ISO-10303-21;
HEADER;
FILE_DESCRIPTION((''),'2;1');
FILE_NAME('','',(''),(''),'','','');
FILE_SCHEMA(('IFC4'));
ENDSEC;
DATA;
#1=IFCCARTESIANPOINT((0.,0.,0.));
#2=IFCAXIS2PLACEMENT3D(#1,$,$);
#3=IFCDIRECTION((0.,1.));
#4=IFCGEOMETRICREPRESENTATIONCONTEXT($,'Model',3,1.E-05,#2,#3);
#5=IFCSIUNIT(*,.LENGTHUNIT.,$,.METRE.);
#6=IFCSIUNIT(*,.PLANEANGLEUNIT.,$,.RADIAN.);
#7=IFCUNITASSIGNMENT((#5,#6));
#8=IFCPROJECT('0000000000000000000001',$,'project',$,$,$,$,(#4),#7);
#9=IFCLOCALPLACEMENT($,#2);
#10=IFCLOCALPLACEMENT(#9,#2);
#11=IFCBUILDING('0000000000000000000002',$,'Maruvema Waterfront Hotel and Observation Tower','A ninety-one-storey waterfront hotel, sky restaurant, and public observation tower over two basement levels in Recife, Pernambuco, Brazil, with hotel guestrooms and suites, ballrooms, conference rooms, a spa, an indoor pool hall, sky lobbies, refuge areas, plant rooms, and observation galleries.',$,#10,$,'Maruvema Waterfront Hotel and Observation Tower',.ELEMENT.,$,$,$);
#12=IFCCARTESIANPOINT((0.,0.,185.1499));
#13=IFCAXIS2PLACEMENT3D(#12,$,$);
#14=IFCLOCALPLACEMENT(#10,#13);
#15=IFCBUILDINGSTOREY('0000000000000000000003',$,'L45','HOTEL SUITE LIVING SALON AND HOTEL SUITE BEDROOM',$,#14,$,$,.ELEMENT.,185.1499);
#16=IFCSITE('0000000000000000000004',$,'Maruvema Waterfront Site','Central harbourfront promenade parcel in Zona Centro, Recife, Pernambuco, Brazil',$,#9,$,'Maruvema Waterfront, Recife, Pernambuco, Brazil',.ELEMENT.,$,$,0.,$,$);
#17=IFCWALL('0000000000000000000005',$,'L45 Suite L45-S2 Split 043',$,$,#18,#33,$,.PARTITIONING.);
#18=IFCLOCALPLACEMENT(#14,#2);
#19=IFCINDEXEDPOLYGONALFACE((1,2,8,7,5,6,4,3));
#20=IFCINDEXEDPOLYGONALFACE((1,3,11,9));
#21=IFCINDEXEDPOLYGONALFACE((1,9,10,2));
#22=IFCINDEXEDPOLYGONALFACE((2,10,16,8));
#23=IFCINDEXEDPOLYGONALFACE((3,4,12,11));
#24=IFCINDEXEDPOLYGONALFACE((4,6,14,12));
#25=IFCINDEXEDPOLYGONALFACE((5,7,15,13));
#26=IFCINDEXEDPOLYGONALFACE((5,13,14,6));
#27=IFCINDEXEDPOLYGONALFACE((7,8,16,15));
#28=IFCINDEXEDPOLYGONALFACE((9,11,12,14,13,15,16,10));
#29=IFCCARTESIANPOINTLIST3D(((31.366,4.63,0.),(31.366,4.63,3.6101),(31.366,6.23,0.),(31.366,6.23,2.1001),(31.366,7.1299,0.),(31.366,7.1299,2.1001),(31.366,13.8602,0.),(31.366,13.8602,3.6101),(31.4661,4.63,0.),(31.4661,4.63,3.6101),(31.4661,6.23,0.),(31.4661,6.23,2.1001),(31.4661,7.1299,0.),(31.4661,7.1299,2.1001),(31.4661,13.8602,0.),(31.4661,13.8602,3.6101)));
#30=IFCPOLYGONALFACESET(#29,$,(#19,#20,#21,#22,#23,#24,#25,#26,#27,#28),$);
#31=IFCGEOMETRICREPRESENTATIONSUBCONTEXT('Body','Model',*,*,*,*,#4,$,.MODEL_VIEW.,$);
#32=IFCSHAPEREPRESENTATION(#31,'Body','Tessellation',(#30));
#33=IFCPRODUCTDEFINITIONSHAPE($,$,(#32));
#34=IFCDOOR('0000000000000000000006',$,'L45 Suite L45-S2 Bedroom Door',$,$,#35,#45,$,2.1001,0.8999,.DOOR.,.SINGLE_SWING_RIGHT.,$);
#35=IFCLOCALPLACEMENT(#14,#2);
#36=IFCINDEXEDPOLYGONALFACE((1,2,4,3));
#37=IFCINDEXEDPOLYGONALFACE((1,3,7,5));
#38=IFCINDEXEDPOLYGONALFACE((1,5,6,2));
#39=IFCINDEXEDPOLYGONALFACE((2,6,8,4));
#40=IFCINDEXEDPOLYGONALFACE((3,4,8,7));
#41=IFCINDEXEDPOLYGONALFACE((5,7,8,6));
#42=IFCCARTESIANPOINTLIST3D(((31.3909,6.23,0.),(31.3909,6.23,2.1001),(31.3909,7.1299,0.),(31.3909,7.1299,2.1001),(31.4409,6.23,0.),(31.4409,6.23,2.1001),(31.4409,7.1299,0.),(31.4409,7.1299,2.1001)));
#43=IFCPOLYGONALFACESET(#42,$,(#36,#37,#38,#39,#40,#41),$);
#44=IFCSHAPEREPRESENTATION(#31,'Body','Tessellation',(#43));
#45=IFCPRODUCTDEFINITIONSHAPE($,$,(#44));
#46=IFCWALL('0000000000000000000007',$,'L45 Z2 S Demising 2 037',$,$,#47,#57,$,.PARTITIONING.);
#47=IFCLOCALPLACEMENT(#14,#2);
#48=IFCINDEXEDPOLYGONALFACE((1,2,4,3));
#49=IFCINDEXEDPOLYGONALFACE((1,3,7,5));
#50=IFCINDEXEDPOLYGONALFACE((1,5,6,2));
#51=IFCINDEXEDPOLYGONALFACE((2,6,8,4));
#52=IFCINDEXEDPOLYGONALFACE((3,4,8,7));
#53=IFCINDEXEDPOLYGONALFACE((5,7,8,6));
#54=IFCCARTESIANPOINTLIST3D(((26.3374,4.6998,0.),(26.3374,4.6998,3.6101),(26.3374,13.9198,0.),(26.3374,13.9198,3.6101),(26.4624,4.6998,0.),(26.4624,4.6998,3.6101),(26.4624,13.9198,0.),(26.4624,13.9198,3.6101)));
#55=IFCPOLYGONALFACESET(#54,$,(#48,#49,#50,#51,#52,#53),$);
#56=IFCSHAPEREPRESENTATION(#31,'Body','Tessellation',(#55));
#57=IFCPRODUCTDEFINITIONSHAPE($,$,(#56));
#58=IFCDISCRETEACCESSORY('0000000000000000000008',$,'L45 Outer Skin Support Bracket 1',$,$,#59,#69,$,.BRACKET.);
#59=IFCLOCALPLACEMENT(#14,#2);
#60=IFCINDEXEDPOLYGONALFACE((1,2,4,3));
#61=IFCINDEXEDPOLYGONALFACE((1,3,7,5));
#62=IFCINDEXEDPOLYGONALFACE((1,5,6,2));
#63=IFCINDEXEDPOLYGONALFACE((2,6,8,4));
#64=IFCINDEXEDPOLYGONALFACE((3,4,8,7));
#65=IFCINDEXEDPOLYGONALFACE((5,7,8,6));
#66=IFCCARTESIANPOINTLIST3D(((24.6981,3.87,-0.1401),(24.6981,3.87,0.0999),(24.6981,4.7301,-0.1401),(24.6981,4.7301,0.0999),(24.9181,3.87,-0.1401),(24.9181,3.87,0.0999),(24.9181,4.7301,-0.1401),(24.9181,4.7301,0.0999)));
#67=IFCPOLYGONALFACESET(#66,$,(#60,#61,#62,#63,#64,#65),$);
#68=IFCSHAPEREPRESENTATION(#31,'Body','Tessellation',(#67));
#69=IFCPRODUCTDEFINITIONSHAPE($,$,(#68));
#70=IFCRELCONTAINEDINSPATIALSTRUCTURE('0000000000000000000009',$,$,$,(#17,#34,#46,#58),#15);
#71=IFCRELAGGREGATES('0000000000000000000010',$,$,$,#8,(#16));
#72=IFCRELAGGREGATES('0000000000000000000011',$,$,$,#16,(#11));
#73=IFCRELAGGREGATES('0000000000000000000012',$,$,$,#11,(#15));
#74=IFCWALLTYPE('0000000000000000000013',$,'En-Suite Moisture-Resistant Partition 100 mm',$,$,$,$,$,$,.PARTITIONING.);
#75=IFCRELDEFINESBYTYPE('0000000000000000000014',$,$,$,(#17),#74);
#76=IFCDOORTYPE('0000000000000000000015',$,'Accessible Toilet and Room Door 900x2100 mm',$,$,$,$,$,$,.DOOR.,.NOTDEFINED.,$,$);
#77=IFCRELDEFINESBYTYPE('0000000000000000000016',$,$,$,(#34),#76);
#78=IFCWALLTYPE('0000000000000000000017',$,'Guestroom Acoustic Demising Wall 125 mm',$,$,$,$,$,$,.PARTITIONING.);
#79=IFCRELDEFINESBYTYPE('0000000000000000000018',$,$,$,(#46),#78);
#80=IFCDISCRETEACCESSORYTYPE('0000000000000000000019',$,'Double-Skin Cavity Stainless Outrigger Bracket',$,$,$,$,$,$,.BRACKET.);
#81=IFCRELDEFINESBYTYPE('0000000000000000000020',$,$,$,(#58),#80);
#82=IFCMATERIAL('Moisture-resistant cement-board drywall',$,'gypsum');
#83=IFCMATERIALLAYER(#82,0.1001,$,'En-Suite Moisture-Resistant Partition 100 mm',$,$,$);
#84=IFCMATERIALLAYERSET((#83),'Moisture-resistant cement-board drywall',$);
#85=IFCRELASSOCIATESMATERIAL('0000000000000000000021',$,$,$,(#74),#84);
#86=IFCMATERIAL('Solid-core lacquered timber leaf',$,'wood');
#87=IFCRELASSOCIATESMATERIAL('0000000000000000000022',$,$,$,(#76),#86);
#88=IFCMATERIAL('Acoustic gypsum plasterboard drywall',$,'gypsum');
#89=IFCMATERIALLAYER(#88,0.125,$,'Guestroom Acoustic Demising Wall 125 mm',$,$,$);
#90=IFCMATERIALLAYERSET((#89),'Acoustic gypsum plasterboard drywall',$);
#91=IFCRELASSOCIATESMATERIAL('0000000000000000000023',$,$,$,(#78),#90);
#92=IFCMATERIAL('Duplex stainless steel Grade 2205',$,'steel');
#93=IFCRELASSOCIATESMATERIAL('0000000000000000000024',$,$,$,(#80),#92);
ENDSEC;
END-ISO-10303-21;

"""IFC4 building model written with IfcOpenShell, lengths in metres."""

from ifc_helpers import new_model, si_unit, direction, frame, frame_2d, origin, origin_2d, place, context, subcontext, project, spatial, rectangle, extrude, material, layer, layer_set, type_object, element, fill, save


model = new_model("IFC4")

# Units and contexts
model_context = context("Model", 3, precision=1e-05, world=origin(), true_north=direction((0.0, 1.0)))
body_context = subcontext(model_context, "Body", "Model", "MODEL_VIEW")
ifc_project = project(units=[si_unit("LENGTHUNIT", "METRE"), si_unit("PLANEANGLEUNIT", "RADIAN")], contexts=[model_context])

# Site, building, storey
site_placement = place(None, origin())
site = spatial("IfcSite", under=ifc_project, at=site_placement, Name="Maruvema Waterfront Site", Description="Central harbourfront promenade parcel in Zona Centro, Recife, Pernambuco, Brazil", LongName="Maruvema Waterfront, Recife, Pernambuco, Brazil", CompositionType="ELEMENT", RefElevation=0.0)
building_placement = place(site_placement, origin())
building = spatial("IfcBuilding", under=site, at=building_placement, Name="Maruvema Waterfront Hotel and Observation Tower", Description="A ninety-one-storey waterfront hotel, sky restaurant, and public observation tower over two basement levels in Recife, Pernambuco, Brazil, with hotel guestrooms and suites, ballrooms, conference rooms, a spa, an indoor pool hall, sky lobbies, refuge areas, plant rooms, and observation galleries.", LongName="Maruvema Waterfront Hotel and Observation Tower", CompositionType="ELEMENT")
storey_placement = place(building_placement, frame((0.0, 0.0, 185.1499)))
storey = spatial("IfcBuildingStorey", under=building, at=storey_placement, Name="L45", Description="HOTEL SUITE LIVING SALON AND HOTEL SUITE BEDROOM", CompositionType="ELEMENT", Elevation=185.1499)

# Shared definitions
ifc_material_1 = material(Name="Moisture-resistant cement-board drywall", Category="gypsum")
ifc_layer_1 = layer(ifc_material_1, 0.1001, Name="En-Suite Moisture-Resistant Partition 100 mm")
ifc_layer_set_1 = layer_set([ifc_layer_1], Name="Moisture-resistant cement-board drywall")
wall_type_1 = type_object("IfcWallType", Name="En-Suite Moisture-Resistant Partition 100 mm", PredefinedType="PARTITIONING", material=ifc_layer_set_1)

# Wall, opening, door
wall_1_placement = place(storey_placement, frame((31.416, 4.6299, 0.0), z_axis=(0.0, 0.0, 1.0), x_axis=(0.0, 1.0, 0.0)))
wall_1 = element("IfcWall", 1, at=wall_1_placement, inside=storey, type_object=wall_type_1, Name="L45 Suite L45-S2 Split 043", PredefinedType="PARTITIONING", context=body_context, shape_type="SweptSolid", body=[
    extrude(rectangle(XDim=9.2302, YDim=0.1001, at=frame_2d((4.6152, 0.0))), origin(), (0.0, 0.0, 1.0), 3.6101),
])
opening_1_placement = place(wall_1_placement, frame((1.6001, 0.0, 0.0)))
opening_1 = element("IfcOpeningElement", 2, at=opening_1_placement, cuts=wall_1, PredefinedType="OPENING", context=body_context, shape_type="SweptSolid", body=[
    extrude(rectangle(XDim=0.8999, YDim=2.1001, at=frame_2d((0.45, 1.05))), frame((0.0, 0.0601, 0.0), z_axis=(0.0, -1.0, 0.0), x_axis=(1.0, 0.0, 0.0)), (0.0, 0.0, 1.0), 0.1201),
])
ifc_material_2 = material(Name="Solid-core lacquered timber leaf", Category="wood")
door_type_1 = type_object("IfcDoorType", Name="Accessible Toilet and Room Door 900x2100 mm", OperationType="NOTDEFINED", PredefinedType="DOOR", material=ifc_material_2)
door_1_placement = place(opening_1_placement, frame((0.8999, 0.0, 0.0), z_axis=(0.0, 0.0, 1.0), x_axis=(-1.0, 0.0, 0.0)))
door_1 = element("IfcDoor", 3, at=door_1_placement, inside=storey, type_object=door_type_1, Name="L45 Suite L45-S2 Bedroom Door", OperationType="SINGLE_SWING_RIGHT", OverallHeight=2.1001, OverallWidth=0.8999, PredefinedType="DOOR", context=body_context, shape_type="SweptSolid", body=[
    extrude(rectangle(XDim=0.8999, YDim=2.1001, at=frame_2d((0.45, 1.05))), frame((0.0, 0.0249, 0.0), z_axis=(0.0, -1.0, 0.0), x_axis=(1.0, 0.0, 0.0)), (0.0, 0.0, 1.0), 0.05),
])
fill(opening_1, door_1)

# Wall
ifc_material_3 = material(Name="Acoustic gypsum plasterboard drywall", Category="gypsum")
ifc_layer_2 = layer(ifc_material_3, 0.125, Name="Guestroom Acoustic Demising Wall 125 mm")
ifc_layer_set_2 = layer_set([ifc_layer_2], Name="Acoustic gypsum plasterboard drywall")
wall_type_2 = type_object("IfcWallType", Name="Guestroom Acoustic Demising Wall 125 mm", PredefinedType="PARTITIONING", material=ifc_layer_set_2)
wall_2_placement = place(storey_placement, frame((26.3999, 4.7, 0.0), z_axis=(0.0, 0.0, 1.0), x_axis=(0.0, 1.0, 0.0)))
element("IfcWall", 4, at=wall_2_placement, inside=storey, type_object=wall_type_2, Name="L45 Z2 S Demising 2 037", PredefinedType="PARTITIONING", context=body_context, shape_type="SweptSolid", body=[
    extrude(rectangle(XDim=9.22, YDim=0.125, at=frame_2d((4.6099, 0.0))), origin(), (0.0, 0.0, 1.0), 3.6101),
])

# Discrete accessory
ifc_material_4 = material(Name="Duplex stainless steel Grade 2205", Category="steel")
discrete_accessory_type = type_object("IfcDiscreteAccessoryType", Name="Double-Skin Cavity Stainless Outrigger Bracket", PredefinedType="BRACKET", material=ifc_material_4)
discrete_accessory_placement = place(storey_placement, frame((24.8081, 4.3, -0.1401), z_axis=(0.0, 0.0, 1.0), x_axis=(1.0, 0.0, 0.0)))
element("IfcDiscreteAccessory", 5, at=discrete_accessory_placement, inside=storey, type_object=discrete_accessory_type, Name="L45 Outer Skin Support Bracket 1", PredefinedType="BRACKET", context=body_context, shape_type="SweptSolid", body=[
    extrude(rectangle(XDim=0.22, YDim=0.8601, at=origin_2d()), origin(), (0.0, 0.0, 1.0), 0.24),
])

save(model, "model.ifc")
